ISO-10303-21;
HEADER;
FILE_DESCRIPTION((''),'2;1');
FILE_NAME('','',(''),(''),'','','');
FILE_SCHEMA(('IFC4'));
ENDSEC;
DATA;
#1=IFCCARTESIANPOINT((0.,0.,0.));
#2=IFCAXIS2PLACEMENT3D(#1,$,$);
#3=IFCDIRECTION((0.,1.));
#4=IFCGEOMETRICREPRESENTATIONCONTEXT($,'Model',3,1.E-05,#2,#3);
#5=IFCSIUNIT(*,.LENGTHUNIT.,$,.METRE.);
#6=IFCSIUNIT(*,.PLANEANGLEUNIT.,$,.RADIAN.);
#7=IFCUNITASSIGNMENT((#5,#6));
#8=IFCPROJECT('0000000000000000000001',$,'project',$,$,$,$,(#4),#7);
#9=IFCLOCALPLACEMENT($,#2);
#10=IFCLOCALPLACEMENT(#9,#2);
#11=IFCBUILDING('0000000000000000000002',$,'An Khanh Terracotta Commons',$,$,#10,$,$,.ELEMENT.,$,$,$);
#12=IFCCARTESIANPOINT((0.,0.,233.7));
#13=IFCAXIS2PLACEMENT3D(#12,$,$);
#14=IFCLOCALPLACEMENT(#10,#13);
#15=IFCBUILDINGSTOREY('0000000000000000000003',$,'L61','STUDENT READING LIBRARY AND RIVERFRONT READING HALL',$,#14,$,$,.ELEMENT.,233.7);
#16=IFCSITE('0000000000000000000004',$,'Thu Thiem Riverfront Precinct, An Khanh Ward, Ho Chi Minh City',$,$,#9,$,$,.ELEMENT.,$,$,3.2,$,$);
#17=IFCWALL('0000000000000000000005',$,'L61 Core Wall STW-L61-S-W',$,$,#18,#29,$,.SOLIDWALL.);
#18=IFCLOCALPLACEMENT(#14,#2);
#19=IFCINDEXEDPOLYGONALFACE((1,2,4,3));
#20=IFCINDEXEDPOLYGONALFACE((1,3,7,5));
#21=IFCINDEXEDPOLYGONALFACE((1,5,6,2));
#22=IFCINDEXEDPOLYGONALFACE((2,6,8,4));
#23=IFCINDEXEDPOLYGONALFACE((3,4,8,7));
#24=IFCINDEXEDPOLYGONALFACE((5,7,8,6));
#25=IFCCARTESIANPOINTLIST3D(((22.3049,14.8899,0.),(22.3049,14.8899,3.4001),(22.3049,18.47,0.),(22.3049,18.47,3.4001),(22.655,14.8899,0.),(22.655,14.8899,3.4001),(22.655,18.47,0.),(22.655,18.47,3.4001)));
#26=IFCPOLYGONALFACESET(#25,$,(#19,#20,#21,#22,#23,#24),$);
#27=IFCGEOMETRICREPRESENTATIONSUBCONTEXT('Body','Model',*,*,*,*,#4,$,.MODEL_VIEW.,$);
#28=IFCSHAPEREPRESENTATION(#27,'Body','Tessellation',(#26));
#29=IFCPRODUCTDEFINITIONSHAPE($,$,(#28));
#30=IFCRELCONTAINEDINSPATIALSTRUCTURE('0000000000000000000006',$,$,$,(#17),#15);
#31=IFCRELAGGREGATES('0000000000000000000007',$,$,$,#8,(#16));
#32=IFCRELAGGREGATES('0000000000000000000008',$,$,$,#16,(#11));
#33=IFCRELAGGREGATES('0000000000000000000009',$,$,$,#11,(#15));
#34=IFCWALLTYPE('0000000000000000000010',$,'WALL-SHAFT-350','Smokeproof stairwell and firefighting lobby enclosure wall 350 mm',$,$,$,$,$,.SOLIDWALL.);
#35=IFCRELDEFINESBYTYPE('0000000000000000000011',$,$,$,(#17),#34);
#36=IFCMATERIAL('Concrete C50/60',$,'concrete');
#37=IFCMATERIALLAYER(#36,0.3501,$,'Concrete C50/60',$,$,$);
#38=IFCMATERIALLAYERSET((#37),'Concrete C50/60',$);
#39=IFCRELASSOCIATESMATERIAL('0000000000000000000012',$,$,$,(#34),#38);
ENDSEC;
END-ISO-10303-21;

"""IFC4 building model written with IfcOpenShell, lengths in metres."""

from ifc_helpers import new_model, si_unit, direction, frame, frame_2d, origin, place, context, subcontext, project, spatial, rectangle, extrude, material, layer, layer_set, type_object, element, save


model = new_model("IFC4")

# Units and contexts
model_context = context("Model", 3, precision=1e-05, world=origin(), true_north=direction((0.0, 1.0)))
body_context = subcontext(model_context, "Body", "Model", "MODEL_VIEW")
ifc_project = project(units=[si_unit("LENGTHUNIT", "METRE"), si_unit("PLANEANGLEUNIT", "RADIAN")], contexts=[model_context])

# Site, building, storey
site_placement = place(None, origin())
site = spatial("IfcSite", under=ifc_project, at=site_placement, Name="Thu Thiem Riverfront Precinct, An Khanh Ward, Ho Chi Minh City", CompositionType="ELEMENT", RefElevation=3.2)
building_placement = place(site_placement, origin())
building = spatial("IfcBuilding", under=site, at=building_placement, Name="An Khanh Terracotta Commons", CompositionType="ELEMENT")
storey_placement = place(building_placement, frame((0.0, 0.0, 233.7)))
storey = spatial("IfcBuildingStorey", under=building, at=storey_placement, Name="L61", Description="STUDENT READING LIBRARY AND RIVERFRONT READING HALL", CompositionType="ELEMENT", Elevation=233.7)

# Shared definitions
ifc_material_1 = material(Name="Concrete C50/60", Category="concrete")

# Wall
ifc_layer_1 = layer(ifc_material_1, 0.3501, Name="Concrete C50/60")
ifc_layer_set_1 = layer_set([ifc_layer_1], Name="Concrete C50/60")
wall_type_1 = type_object("IfcWallType", Name="WALL-SHAFT-350", Description="Smokeproof stairwell and firefighting lobby enclosure wall 350 mm", PredefinedType="SOLIDWALL", material=ifc_layer_set_1)
wall_1_placement = place(storey_placement, frame((22.48, 14.8899, 0.0), z_axis=(0.0, 0.0, 1.0), x_axis=(0.0, 1.0, 0.0)))
element("IfcWall", 1, at=wall_1_placement, inside=storey, type_object=wall_type_1, Name="L61 Core Wall STW-L61-S-W", PredefinedType="SOLIDWALL", context=body_context, shape_type="SweptSolid", body=[
    extrude(rectangle(XDim=3.5801, YDim=0.3501, at=frame_2d((1.79, 0.0))), origin(), (0.0, 0.0, 1.0), 3.4001),
])

save(model, "model.ifc")
